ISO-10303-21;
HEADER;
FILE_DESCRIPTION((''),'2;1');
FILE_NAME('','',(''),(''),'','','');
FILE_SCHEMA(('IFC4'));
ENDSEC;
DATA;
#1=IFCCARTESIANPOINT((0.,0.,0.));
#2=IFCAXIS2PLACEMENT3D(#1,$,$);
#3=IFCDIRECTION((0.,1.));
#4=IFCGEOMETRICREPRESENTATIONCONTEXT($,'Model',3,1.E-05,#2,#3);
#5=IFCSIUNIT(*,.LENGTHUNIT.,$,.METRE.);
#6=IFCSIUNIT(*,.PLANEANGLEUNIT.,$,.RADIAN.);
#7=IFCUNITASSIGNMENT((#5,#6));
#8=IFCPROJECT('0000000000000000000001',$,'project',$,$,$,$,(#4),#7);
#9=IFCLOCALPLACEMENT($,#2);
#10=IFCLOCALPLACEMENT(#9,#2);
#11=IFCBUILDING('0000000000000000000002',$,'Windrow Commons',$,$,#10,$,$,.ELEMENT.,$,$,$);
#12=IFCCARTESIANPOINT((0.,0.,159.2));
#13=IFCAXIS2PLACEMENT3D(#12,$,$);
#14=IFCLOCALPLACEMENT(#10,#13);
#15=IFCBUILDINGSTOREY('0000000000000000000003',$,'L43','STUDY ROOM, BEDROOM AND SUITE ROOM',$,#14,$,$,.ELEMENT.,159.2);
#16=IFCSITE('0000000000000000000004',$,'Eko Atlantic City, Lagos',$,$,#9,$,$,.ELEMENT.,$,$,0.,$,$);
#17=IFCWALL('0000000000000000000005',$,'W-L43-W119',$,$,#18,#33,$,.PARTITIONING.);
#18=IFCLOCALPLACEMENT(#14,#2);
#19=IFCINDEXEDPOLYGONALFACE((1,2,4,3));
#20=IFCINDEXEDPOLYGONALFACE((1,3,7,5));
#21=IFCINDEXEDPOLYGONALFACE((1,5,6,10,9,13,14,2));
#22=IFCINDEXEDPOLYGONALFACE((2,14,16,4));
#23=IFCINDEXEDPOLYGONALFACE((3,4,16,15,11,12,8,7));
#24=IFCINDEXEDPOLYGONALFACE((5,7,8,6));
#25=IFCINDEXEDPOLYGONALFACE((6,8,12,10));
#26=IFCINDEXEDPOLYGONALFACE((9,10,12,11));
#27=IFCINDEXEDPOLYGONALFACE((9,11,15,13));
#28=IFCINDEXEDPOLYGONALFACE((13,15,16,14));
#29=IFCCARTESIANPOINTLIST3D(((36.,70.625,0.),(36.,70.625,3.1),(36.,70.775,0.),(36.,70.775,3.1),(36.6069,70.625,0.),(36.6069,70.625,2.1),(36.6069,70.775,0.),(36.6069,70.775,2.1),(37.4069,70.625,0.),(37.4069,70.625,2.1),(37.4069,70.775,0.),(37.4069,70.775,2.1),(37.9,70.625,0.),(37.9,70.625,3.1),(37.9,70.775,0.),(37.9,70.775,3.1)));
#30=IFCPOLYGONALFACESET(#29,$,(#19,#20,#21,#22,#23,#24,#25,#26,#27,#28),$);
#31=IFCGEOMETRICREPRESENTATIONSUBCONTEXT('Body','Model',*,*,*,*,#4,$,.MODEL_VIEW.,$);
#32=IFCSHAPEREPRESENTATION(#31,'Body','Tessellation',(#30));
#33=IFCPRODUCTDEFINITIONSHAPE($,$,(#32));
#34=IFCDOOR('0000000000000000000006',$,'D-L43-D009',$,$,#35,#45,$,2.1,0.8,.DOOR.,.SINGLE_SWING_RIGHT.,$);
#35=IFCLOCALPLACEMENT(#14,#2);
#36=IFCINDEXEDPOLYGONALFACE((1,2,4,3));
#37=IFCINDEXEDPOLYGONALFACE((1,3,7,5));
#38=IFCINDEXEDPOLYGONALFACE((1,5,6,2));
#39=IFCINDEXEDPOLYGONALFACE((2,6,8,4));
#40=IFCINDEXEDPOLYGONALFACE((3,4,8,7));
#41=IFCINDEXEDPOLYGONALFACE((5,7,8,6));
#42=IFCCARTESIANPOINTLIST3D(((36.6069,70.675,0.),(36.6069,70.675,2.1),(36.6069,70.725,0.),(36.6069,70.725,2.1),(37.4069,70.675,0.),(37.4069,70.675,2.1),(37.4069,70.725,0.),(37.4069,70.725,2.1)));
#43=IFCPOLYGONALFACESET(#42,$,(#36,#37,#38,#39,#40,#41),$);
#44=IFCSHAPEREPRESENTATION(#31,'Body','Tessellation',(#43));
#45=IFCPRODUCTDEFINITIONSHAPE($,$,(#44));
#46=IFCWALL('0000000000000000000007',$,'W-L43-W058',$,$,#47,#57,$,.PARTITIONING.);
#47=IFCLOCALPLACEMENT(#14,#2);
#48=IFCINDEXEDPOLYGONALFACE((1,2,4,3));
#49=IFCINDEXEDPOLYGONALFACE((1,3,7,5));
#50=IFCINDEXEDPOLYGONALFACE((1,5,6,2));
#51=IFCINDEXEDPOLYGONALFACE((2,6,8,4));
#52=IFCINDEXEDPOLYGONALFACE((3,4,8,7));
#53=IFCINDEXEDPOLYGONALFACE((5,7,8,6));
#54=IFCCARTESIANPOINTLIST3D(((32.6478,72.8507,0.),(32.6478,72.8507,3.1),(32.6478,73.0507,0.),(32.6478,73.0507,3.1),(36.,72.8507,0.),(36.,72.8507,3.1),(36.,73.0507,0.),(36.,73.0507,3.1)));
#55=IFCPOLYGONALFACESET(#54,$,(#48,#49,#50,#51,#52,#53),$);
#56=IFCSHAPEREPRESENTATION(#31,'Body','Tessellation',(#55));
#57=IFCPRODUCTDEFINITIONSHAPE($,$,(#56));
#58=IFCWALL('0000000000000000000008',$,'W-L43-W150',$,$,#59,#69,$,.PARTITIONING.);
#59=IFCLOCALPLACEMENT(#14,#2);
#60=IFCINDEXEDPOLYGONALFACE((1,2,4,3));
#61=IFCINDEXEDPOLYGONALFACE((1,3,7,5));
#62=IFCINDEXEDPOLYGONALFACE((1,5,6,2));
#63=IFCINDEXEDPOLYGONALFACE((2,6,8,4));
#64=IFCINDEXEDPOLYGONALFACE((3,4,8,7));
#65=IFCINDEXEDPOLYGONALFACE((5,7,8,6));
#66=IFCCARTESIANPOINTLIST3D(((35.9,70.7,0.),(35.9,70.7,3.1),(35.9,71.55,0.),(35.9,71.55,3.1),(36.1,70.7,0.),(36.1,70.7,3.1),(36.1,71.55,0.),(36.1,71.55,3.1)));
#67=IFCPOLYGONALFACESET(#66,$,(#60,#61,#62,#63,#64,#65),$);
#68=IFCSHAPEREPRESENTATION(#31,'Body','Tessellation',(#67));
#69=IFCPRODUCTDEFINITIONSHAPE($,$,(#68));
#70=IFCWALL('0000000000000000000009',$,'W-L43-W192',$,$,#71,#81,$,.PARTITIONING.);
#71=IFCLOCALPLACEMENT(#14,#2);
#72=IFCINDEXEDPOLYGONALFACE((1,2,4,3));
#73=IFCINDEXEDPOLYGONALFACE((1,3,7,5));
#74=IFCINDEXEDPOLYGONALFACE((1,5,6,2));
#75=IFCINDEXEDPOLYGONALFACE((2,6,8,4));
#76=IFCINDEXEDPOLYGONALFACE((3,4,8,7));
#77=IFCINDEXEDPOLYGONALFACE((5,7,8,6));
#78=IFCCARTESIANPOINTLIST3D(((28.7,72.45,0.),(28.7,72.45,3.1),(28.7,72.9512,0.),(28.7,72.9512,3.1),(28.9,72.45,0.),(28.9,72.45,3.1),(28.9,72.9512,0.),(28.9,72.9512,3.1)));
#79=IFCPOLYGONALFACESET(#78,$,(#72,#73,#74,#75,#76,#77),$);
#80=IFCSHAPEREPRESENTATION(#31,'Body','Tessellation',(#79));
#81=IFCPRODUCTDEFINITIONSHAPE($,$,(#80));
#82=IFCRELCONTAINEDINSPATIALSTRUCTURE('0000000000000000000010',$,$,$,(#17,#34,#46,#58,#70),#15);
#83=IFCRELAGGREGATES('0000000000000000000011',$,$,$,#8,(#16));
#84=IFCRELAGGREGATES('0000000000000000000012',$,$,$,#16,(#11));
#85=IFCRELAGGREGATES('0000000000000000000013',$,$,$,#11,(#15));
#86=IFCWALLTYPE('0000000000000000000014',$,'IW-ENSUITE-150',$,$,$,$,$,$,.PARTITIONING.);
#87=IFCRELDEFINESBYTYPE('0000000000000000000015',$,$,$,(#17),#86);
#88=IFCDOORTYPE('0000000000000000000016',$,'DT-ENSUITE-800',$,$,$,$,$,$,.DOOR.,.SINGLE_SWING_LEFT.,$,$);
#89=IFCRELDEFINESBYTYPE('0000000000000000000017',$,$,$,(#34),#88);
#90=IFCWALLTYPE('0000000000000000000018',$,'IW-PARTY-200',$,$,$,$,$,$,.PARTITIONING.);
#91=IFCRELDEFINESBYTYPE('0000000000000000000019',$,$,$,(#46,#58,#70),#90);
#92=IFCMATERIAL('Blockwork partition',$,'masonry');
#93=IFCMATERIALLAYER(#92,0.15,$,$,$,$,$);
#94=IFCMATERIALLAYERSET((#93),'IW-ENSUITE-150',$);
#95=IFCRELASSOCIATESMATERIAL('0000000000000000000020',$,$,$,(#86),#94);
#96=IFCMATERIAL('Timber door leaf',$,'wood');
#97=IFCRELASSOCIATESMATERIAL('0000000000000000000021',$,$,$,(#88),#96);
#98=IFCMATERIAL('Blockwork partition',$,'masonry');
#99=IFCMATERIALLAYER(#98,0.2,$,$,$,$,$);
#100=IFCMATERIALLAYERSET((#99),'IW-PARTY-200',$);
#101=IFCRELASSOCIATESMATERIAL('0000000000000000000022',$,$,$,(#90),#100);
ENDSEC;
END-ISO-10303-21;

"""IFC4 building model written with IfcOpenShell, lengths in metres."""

from ifc_helpers import new_model, si_unit, direction, frame, frame_2d, origin, place, context, subcontext, project, spatial, rectangle, extrude, material, layer, layer_set, type_object, element, fill, save


model = new_model("IFC4")

# Units and contexts
model_context = context("Model", 3, precision=1e-05, world=origin(), true_north=direction((0.0, 1.0)))
body_context = subcontext(model_context, "Body", "Model", "MODEL_VIEW")
ifc_project = project(units=[si_unit("LENGTHUNIT", "METRE"), si_unit("PLANEANGLEUNIT", "RADIAN")], contexts=[model_context])

# Site, building, storey
site_placement = place(None, origin())
site = spatial("IfcSite", under=ifc_project, at=site_placement, Name="Eko Atlantic City, Lagos", CompositionType="ELEMENT", RefElevation=0.0)
building_placement = place(site_placement, origin())
building = spatial("IfcBuilding", under=site, at=building_placement, Name="Windrow Commons", CompositionType="ELEMENT")
storey_placement = place(building_placement, frame((0.0, 0.0, 159.2)))
storey = spatial("IfcBuildingStorey", under=building, at=storey_placement, Name="L43", Description="STUDY ROOM, BEDROOM AND SUITE ROOM", CompositionType="ELEMENT", Elevation=159.2)

# Shared definitions
ifc_material_1 = material(Name="Blockwork partition", Category="masonry")
ifc_layer_1 = layer(ifc_material_1, 0.15)
ifc_layer_set_1 = layer_set([ifc_layer_1], Name="IW-ENSUITE-150")
wall_type_1 = type_object("IfcWallType", Name="IW-ENSUITE-150", PredefinedType="PARTITIONING", material=ifc_layer_set_1)

# Wall, opening, door
wall_1_placement = place(storey_placement, frame((36.0, 70.7, 0.0), z_axis=(0.0, 0.0, 1.0), x_axis=(1.0, 0.0, 0.0)))
wall_1 = element("IfcWall", 1, at=wall_1_placement, inside=storey, type_object=wall_type_1, Name="W-L43-W119", PredefinedType="PARTITIONING", context=body_context, shape_type="SweptSolid", body=[
    extrude(rectangle(XDim=1.9, YDim=0.15, at=frame_2d((0.95, 0.0))), origin(), (0.0, 0.0, 1.0), 3.1),
])
opening_1_placement = place(wall_1_placement, frame((0.6069, 0.0, 0.0)))
opening_1 = element("IfcOpeningElement", 2, at=opening_1_placement, cuts=wall_1, PredefinedType="OPENING", context=body_context, shape_type="SweptSolid", body=[
    extrude(rectangle(XDim=0.8, YDim=2.1, at=frame_2d((0.4, 1.05))), frame((0.0, 0.085, 0.0), z_axis=(0.0, -1.0, 0.0), x_axis=(1.0, 0.0, 0.0)), (0.0, 0.0, 1.0), 0.17),
])
ifc_material_2 = material(Name="Timber door leaf", Category="wood")
door_type = type_object("IfcDoorType", Name="DT-ENSUITE-800", OperationType="SINGLE_SWING_LEFT", PredefinedType="DOOR", material=ifc_material_2)
door_placement = place(opening_1_placement, origin())
door = element("IfcDoor", 3, at=door_placement, inside=storey, type_object=door_type, Name="D-L43-D009", OperationType="SINGLE_SWING_RIGHT", OverallHeight=2.1, OverallWidth=0.8, PredefinedType="DOOR", context=body_context, shape_type="SweptSolid", body=[
    extrude(rectangle(XDim=0.8, YDim=2.1, at=frame_2d((0.4, 1.05))), frame((0.0, 0.025, 0.0), z_axis=(0.0, -1.0, 0.0), x_axis=(1.0, 0.0, 0.0)), (0.0, 0.0, 1.0), 0.05),
])
fill(opening_1, door)

# Walls
ifc_material_3 = material(Name="Blockwork partition", Category="masonry")
ifc_layer_2 = layer(ifc_material_3, 0.2)
ifc_layer_set_2 = layer_set([ifc_layer_2], Name="IW-PARTY-200")
wall_type_2 = type_object("IfcWallType", Name="IW-PARTY-200", PredefinedType="PARTITIONING", material=ifc_layer_set_2)
wall_2_placement = place(storey_placement, frame((32.6477, 72.9507, 0.0), z_axis=(0.0, 0.0, 1.0), x_axis=(1.0, 0.0, 0.0)))
element("IfcWall", 4, at=wall_2_placement, inside=storey, type_object=wall_type_2, Name="W-L43-W058", PredefinedType="PARTITIONING", context=body_context, shape_type="SweptSolid", body=[
    extrude(rectangle(XDim=3.3523, YDim=0.2, at=frame_2d((1.6762, 0.0))), origin(), (0.0, 0.0, 1.0), 3.1),
])
wall_3_placement = place(storey_placement, frame((36.0, 70.7, 0.0), z_axis=(0.0, 0.0, 1.0), x_axis=(0.0, 1.0, 0.0)))
element("IfcWall", 5, at=wall_3_placement, inside=storey, type_object=wall_type_2, Name="W-L43-W150", PredefinedType="PARTITIONING", context=body_context, shape_type="SweptSolid", body=[
    extrude(rectangle(XDim=0.85, YDim=0.2, at=frame_2d((0.425, 0.0))), origin(), (0.0, 0.0, 1.0), 3.1),
])
wall_4_placement = place(storey_placement, frame((28.8, 72.45, 0.0), z_axis=(0.0, 0.0, 1.0), x_axis=(0.0, 1.0, 0.0)))
element("IfcWall", 6, at=wall_4_placement, inside=storey, type_object=wall_type_2, Name="W-L43-W192", PredefinedType="PARTITIONING", context=body_context, shape_type="SweptSolid", body=[
    extrude(rectangle(XDim=0.5013, YDim=0.2, at=frame_2d((0.2506, 0.0))), origin(), (0.0, 0.0, 1.0), 3.1),
])

save(model, "model.ifc")
